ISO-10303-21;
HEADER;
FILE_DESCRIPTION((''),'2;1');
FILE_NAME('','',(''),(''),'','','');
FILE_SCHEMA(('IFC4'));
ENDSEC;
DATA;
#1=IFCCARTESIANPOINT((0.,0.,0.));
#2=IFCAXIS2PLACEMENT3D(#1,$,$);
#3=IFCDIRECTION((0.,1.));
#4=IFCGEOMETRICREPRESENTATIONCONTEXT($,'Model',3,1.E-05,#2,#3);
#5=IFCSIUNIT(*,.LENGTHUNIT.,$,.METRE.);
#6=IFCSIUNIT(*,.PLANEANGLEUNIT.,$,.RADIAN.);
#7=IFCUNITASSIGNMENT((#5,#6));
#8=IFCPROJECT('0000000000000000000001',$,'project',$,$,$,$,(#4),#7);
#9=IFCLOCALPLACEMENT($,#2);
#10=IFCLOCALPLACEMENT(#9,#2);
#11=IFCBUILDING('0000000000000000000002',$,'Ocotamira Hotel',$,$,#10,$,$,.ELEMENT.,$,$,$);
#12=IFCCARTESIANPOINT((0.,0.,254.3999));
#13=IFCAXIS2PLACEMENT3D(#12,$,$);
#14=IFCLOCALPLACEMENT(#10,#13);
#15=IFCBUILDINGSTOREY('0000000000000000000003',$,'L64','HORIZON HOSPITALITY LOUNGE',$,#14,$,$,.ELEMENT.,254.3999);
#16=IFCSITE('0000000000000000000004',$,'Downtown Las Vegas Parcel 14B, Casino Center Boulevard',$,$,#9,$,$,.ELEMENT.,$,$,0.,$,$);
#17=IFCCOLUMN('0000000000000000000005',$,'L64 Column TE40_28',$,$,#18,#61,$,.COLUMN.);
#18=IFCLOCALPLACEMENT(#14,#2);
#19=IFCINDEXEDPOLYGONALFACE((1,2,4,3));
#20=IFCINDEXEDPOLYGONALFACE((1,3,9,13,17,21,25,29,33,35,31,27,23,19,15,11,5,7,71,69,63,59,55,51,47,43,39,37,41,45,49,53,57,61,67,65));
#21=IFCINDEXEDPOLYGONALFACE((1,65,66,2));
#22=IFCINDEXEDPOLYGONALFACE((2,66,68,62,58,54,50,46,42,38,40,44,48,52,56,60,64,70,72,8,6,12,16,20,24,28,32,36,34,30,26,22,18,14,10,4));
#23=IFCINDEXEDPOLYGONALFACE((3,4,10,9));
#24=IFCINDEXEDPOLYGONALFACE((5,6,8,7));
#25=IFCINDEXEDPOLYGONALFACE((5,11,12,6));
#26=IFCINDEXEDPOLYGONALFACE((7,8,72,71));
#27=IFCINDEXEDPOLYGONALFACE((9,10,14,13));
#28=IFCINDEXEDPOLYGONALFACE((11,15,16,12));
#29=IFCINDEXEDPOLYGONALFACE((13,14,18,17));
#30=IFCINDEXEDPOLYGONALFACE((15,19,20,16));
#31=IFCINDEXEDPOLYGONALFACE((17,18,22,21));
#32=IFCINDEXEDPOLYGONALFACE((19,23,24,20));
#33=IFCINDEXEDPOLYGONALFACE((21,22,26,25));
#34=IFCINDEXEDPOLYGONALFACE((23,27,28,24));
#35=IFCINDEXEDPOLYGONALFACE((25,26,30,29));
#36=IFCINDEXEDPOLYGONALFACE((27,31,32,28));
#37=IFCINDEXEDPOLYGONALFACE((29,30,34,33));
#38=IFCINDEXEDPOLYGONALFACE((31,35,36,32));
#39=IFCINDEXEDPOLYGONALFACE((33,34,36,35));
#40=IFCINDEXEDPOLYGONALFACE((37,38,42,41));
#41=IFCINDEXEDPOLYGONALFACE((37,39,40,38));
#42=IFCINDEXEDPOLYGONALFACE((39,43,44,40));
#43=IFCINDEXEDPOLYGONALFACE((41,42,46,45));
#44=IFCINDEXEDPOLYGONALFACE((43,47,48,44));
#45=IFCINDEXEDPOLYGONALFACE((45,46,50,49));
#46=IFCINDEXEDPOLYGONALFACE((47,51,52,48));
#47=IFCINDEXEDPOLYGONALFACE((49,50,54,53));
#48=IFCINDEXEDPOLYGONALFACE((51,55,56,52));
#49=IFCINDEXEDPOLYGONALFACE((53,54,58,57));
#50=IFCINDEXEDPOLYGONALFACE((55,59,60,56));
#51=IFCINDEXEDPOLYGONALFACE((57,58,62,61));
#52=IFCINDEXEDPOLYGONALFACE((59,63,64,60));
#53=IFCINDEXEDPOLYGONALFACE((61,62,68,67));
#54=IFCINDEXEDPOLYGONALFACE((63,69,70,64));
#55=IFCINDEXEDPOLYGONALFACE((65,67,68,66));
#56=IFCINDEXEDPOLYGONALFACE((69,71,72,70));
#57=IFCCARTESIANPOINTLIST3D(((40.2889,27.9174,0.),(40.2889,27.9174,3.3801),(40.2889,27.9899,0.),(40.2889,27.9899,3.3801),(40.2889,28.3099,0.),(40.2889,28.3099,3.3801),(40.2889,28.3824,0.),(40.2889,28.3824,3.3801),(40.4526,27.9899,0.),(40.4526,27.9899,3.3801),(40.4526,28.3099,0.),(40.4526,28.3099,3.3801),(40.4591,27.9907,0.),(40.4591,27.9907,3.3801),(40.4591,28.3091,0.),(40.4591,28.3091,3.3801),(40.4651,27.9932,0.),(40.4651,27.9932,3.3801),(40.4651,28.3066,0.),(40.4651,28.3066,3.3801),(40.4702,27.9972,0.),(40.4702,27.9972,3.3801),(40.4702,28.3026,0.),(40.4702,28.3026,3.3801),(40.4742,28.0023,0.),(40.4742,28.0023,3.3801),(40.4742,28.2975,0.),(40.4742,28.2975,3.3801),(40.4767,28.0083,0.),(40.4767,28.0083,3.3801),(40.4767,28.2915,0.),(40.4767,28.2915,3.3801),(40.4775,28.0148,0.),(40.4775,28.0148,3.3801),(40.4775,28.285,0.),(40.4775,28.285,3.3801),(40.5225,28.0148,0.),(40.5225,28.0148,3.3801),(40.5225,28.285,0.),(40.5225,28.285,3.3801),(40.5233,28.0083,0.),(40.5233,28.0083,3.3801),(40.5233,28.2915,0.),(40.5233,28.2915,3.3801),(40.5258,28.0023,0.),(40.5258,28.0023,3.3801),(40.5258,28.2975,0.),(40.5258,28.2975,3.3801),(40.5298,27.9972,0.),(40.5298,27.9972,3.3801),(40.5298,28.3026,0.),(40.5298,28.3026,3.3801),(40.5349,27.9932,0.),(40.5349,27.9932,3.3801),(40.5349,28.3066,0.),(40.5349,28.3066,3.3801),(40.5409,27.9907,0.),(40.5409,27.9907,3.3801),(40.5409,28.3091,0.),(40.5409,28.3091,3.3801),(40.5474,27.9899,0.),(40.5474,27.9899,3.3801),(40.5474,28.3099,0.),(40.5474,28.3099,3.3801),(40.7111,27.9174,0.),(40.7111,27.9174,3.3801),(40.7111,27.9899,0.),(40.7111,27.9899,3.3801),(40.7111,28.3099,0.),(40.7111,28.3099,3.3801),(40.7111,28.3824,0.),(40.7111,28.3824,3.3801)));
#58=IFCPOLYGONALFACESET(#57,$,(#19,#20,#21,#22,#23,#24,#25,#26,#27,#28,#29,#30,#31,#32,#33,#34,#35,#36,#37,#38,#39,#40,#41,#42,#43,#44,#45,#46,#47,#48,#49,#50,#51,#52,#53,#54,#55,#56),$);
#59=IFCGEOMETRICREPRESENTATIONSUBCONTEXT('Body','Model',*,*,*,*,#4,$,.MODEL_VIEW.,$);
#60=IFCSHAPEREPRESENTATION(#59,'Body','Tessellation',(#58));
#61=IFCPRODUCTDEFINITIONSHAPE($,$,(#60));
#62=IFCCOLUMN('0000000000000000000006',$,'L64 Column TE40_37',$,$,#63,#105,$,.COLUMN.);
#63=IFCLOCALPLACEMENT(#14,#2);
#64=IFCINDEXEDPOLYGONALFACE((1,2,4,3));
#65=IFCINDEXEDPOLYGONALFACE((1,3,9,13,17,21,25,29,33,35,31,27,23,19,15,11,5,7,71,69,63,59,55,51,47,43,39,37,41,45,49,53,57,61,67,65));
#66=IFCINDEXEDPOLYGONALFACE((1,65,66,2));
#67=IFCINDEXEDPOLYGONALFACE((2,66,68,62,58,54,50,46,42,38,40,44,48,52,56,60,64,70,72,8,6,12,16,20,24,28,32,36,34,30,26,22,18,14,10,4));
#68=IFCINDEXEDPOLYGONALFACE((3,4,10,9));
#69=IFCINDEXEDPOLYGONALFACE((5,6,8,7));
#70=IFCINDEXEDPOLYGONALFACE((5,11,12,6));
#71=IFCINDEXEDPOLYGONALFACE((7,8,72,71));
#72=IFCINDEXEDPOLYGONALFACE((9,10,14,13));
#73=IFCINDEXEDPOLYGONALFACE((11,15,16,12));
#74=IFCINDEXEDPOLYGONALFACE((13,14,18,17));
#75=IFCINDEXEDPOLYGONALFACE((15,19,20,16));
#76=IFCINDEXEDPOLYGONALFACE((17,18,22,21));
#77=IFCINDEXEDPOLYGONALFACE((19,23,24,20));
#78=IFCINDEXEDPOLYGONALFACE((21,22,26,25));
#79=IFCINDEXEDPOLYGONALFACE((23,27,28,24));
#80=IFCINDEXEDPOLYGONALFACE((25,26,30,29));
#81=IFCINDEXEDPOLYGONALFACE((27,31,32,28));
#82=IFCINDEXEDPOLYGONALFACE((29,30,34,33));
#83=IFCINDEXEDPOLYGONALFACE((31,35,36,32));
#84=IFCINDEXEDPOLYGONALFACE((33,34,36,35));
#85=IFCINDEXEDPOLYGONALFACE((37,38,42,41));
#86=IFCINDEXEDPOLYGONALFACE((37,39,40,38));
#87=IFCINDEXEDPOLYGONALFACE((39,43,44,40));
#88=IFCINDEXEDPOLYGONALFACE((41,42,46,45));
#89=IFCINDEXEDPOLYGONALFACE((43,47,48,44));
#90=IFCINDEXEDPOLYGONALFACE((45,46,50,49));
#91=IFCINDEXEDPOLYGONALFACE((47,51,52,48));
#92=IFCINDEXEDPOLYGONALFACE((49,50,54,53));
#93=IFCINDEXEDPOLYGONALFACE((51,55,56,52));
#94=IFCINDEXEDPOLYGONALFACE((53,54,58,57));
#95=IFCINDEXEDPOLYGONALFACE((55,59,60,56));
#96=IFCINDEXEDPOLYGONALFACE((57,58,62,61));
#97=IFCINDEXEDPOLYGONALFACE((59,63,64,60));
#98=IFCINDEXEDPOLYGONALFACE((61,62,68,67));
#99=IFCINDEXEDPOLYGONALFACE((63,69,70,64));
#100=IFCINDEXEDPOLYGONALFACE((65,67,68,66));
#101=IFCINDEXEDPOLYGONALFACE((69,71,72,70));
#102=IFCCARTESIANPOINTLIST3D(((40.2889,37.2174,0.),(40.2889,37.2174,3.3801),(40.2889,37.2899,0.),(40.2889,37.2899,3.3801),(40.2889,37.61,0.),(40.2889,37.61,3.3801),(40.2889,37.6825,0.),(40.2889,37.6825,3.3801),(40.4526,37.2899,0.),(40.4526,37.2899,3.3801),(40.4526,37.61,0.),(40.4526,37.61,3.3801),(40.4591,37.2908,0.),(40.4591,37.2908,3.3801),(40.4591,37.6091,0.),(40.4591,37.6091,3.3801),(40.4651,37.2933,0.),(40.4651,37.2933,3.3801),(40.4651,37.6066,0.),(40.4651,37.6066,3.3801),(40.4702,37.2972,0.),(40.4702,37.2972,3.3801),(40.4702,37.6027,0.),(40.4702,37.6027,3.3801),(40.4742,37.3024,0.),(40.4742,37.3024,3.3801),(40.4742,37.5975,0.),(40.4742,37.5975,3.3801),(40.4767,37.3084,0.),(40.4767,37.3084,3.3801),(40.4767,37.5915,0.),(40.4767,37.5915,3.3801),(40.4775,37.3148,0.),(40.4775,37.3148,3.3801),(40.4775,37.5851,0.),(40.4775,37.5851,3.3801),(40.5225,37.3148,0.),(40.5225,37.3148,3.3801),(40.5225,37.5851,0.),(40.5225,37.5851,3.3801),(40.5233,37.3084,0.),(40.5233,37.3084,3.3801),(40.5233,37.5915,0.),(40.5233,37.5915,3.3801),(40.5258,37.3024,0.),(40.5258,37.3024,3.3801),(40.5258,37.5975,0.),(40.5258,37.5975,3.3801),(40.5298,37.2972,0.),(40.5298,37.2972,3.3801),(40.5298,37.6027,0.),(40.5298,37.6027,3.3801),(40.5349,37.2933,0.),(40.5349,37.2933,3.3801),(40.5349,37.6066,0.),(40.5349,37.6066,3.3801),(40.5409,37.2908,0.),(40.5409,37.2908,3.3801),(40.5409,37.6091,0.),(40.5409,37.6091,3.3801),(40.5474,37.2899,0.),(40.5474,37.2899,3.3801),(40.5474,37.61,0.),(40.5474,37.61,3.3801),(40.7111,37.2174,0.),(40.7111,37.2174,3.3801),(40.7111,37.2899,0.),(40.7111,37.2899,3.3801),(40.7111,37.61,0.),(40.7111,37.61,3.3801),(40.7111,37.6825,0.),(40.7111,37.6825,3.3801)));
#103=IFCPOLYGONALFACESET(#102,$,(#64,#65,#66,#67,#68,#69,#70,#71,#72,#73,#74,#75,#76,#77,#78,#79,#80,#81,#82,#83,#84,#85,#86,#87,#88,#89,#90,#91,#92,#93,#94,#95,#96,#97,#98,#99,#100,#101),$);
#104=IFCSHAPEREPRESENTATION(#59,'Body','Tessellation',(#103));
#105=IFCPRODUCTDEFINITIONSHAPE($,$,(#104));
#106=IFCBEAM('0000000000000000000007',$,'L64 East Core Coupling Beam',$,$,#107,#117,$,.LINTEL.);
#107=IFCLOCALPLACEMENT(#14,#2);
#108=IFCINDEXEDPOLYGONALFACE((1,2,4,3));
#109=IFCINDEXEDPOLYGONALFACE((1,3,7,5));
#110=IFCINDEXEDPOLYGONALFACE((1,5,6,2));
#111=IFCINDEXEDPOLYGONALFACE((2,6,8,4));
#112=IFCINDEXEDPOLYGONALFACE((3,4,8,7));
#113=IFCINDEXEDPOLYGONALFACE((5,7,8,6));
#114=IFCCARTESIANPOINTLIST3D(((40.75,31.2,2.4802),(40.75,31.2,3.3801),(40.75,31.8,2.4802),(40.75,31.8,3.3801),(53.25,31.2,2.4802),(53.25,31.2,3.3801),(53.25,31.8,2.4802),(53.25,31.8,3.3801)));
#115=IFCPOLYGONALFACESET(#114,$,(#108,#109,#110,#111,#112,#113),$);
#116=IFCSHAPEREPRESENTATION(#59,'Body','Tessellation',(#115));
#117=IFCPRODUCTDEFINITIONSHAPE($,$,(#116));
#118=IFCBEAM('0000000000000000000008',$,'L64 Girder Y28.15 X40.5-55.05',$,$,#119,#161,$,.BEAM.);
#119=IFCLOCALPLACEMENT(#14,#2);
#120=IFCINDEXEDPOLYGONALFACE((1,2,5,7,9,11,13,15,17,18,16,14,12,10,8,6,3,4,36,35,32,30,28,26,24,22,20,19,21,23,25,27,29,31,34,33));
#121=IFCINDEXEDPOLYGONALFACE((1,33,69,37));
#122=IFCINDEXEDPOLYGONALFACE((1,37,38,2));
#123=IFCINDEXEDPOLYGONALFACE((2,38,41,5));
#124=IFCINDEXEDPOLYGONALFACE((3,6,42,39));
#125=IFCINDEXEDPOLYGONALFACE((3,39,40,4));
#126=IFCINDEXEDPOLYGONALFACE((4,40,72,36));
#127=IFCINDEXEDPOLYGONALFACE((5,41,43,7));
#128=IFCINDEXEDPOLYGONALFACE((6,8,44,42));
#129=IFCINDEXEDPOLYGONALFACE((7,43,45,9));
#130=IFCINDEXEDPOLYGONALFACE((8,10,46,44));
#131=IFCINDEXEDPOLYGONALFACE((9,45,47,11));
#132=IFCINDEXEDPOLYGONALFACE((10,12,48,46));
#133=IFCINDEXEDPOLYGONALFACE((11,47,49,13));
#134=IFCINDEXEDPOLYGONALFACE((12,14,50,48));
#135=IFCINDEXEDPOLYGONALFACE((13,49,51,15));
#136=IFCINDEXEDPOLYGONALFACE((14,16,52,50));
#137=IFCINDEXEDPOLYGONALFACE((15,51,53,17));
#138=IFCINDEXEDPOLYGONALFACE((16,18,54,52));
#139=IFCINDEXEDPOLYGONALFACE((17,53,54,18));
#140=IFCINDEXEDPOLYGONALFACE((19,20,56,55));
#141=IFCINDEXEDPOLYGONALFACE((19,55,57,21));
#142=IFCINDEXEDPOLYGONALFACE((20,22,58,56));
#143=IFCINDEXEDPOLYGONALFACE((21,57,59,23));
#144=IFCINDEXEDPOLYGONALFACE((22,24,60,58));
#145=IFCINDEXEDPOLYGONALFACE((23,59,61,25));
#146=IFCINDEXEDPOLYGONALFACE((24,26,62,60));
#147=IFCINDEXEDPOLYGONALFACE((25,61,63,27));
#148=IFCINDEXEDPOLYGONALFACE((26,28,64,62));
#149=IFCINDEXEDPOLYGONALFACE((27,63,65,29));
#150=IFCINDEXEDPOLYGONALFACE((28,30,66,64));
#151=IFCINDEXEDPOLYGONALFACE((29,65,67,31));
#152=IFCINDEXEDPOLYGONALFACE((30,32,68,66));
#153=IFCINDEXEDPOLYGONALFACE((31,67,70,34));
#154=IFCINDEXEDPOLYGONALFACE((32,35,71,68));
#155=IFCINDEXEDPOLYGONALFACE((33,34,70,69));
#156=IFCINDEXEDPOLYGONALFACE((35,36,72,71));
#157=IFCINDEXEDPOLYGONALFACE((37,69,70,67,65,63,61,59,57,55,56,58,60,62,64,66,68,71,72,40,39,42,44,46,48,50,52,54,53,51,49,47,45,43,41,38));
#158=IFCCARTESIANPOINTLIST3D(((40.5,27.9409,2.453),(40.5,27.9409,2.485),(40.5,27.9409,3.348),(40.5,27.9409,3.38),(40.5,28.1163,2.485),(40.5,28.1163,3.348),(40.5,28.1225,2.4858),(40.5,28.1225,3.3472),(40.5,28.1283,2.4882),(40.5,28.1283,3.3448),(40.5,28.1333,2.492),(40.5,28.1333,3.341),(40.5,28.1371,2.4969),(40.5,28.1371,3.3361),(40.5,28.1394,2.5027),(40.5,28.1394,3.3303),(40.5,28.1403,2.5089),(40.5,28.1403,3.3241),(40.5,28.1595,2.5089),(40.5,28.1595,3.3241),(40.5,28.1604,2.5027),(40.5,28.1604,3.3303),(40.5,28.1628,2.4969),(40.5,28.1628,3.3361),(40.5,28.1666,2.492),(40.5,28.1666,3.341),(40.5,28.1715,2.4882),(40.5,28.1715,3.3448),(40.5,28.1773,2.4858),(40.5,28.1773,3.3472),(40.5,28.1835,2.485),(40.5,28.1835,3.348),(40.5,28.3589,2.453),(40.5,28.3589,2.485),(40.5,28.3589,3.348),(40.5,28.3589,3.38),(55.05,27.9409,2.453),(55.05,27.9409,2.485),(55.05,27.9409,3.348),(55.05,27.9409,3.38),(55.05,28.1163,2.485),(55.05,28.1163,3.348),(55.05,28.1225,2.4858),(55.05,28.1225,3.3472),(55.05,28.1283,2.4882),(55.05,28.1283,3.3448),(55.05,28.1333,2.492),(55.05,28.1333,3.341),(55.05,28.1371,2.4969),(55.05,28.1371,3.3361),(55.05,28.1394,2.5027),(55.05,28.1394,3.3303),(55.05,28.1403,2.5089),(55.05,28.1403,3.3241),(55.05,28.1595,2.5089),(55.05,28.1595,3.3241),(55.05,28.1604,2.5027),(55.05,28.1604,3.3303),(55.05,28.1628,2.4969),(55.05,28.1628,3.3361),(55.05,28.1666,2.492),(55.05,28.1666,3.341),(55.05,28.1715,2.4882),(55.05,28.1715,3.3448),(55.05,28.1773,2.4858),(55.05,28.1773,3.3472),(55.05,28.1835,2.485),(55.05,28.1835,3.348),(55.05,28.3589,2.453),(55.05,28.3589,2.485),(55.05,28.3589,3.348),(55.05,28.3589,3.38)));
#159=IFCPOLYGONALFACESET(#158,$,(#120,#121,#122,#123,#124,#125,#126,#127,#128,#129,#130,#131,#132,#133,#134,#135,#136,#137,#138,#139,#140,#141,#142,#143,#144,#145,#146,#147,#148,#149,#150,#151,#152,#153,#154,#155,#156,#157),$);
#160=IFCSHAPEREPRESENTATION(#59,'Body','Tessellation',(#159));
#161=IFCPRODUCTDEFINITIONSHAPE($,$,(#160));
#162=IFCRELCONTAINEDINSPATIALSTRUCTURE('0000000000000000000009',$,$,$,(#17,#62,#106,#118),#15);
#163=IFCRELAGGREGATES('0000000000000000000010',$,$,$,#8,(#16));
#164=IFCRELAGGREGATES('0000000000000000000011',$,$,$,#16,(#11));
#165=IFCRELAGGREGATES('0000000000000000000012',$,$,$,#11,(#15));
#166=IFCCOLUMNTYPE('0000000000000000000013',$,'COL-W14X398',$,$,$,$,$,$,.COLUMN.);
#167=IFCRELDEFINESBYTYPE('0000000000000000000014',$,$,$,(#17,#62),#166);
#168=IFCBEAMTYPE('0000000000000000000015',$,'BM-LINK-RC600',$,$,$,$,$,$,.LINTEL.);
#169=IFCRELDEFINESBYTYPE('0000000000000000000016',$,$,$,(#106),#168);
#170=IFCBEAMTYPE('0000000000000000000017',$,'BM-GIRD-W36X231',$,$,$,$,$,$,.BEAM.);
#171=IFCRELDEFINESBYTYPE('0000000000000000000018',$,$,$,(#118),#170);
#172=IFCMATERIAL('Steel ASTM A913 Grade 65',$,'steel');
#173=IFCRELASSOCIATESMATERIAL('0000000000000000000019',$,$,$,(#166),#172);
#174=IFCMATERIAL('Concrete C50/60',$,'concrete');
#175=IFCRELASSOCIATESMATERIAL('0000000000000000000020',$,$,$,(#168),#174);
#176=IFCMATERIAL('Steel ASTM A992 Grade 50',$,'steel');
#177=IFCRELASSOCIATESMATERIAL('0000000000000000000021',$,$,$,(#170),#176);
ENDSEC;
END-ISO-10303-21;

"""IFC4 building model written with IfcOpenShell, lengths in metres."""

from ifc_helpers import new_model, si_unit, direction, frame, origin, origin_2d, place, context, subcontext, project, spatial, rectangle, i_section, extrude, source, transform, mapped, material, material_profile, profile_set, type_object, element, save


model = new_model("IFC4")

# Units and contexts
model_context = context("Model", 3, precision=1e-05, world=origin(), true_north=direction((0.0, 1.0)))
body_context = subcontext(model_context, "Body", "Model", "MODEL_VIEW")
ifc_project = project(units=[si_unit("LENGTHUNIT", "METRE"), si_unit("PLANEANGLEUNIT", "RADIAN")], contexts=[model_context])

# Site, building, storey
site_placement = place(None, origin())
site = spatial("IfcSite", under=ifc_project, at=site_placement, Name="Downtown Las Vegas Parcel 14B, Casino Center Boulevard", CompositionType="ELEMENT", RefElevation=0.0)
building_placement = place(site_placement, origin())
building = spatial("IfcBuilding", under=site, at=building_placement, Name="Ocotamira Hotel", CompositionType="ELEMENT")
storey_placement = place(building_placement, frame((0.0, 0.0, 254.3999)))
storey = spatial("IfcBuildingStorey", under=building, at=storey_placement, Name="L64", Description="HORIZON HOSPITALITY LOUNGE", CompositionType="ELEMENT", Elevation=254.3999)

# Columns
ifc_material_1 = material(Name="Steel ASTM A913 Grade 65", Category="steel")
ifc_material_profile_1 = material_profile(ifc_material_1, i_section(OverallWidth=0.4221, OverallDepth=0.4651, WebThickness=0.0449, FlangeThickness=0.0725, FilletRadius=0.0249, at=origin_2d()), Name="W14X398")
ifc_profile_set_1 = profile_set([ifc_material_profile_1], Name="Steel ASTM A913 Grade 65")
column_type = type_object("IfcColumnType", Name="COL-W14X398", PredefinedType="COLUMN", material=ifc_profile_set_1)
shared_shape_1 = source(origin(), body_context, "Body", "SweptSolid", [
    extrude(i_section(OverallWidth=0.4221, OverallDepth=0.4651, WebThickness=0.0449, FlangeThickness=0.0725, FilletRadius=0.0249, at=origin_2d()), origin(), (0.0, 0.0, 1.0), 3.3801),
])
for number, where, z_axis, x_axis, name in (
    (1, (40.5, 28.1499, 0.0), (0.0, 0.0, 1.0), (1.0, 0.0, 0.0), "L64 Column TE40_28"),
    (2, (40.5, 37.45, 0.0), (0.0, 0.0, 1.0), (1.0, 0.0, 0.0), "L64 Column TE40_37"),
):
    element("IfcColumn", number, at=place(storey_placement, frame(where, z_axis=z_axis, x_axis=x_axis)), inside=storey, type_object=column_type, Name=name, PredefinedType="COLUMN", context=body_context, shape_type="MappedRepresentation", body=[
        mapped(shared_shape_1, transform((0.0, 0.0, 0.0), scale=1.0)),
    ])

# Beams
ifc_material_2 = material(Name="Concrete C50/60", Category="concrete")
ifc_material_profile_2 = material_profile(ifc_material_2, rectangle(XDim=0.6001, YDim=0.8999, at=origin_2d()), Name="RC600X900")
ifc_profile_set_2 = profile_set([ifc_material_profile_2], Name="Concrete C50/60")
beam_type_1 = type_object("IfcBeamType", Name="BM-LINK-RC600", PredefinedType="LINTEL", material=ifc_profile_set_2)
shared_shape_2 = source(origin(), body_context, "Body", "SweptSolid", [
    extrude(rectangle(XDim=0.6001, YDim=0.8999, at=origin_2d()), origin(), (0.0, 0.0, 1.0), 12.5),
])
beam_1_placement = place(storey_placement, frame((40.75, 31.5, 2.9302), z_axis=(1.0, 0.0, 0.0), x_axis=(0.0, 1.0, 0.0)))
element("IfcBeam", 3, at=beam_1_placement, inside=storey, type_object=beam_type_1, Name="L64 East Core Coupling Beam", PredefinedType="LINTEL", context=body_context, shape_type="MappedRepresentation", body=[
    mapped(shared_shape_2, transform((0.0, 0.0, 0.0), scale=1.0)),
])
ifc_material_3 = material(Name="Steel ASTM A992 Grade 50", Category="steel")
ifc_material_profile_3 = material_profile(ifc_material_3, i_section(OverallWidth=0.418, OverallDepth=0.927, WebThickness=0.0193, FlangeThickness=0.032, FilletRadius=0.0239, at=origin_2d()), Name="W36X231")
ifc_profile_set_3 = profile_set([ifc_material_profile_3], Name="Steel ASTM A992 Grade 50")
beam_type_2 = type_object("IfcBeamType", Name="BM-GIRD-W36X231", PredefinedType="BEAM", material=ifc_profile_set_3)
shared_shape_3 = source(origin(), body_context, "Body", "SweptSolid", [
    extrude(i_section(OverallWidth=0.418, OverallDepth=0.927, WebThickness=0.0193, FlangeThickness=0.032, FilletRadius=0.0239, at=origin_2d()), origin(), (0.0, 0.0, 1.0), 14.55),
])
beam_2_placement = place(storey_placement, frame((40.5, 28.1499, 2.9165), z_axis=(1.0, 0.0, 0.0), x_axis=(0.0, 1.0, 0.0)))
element("IfcBeam", 4, at=beam_2_placement, inside=storey, type_object=beam_type_2, Name="L64 Girder Y28.15 X40.5-55.05", PredefinedType="BEAM", context=body_context, shape_type="MappedRepresentation", body=[
    mapped(shared_shape_3, transform((0.0, 0.0, 0.0), scale=1.0)),
])

save(model, "model.ifc")
